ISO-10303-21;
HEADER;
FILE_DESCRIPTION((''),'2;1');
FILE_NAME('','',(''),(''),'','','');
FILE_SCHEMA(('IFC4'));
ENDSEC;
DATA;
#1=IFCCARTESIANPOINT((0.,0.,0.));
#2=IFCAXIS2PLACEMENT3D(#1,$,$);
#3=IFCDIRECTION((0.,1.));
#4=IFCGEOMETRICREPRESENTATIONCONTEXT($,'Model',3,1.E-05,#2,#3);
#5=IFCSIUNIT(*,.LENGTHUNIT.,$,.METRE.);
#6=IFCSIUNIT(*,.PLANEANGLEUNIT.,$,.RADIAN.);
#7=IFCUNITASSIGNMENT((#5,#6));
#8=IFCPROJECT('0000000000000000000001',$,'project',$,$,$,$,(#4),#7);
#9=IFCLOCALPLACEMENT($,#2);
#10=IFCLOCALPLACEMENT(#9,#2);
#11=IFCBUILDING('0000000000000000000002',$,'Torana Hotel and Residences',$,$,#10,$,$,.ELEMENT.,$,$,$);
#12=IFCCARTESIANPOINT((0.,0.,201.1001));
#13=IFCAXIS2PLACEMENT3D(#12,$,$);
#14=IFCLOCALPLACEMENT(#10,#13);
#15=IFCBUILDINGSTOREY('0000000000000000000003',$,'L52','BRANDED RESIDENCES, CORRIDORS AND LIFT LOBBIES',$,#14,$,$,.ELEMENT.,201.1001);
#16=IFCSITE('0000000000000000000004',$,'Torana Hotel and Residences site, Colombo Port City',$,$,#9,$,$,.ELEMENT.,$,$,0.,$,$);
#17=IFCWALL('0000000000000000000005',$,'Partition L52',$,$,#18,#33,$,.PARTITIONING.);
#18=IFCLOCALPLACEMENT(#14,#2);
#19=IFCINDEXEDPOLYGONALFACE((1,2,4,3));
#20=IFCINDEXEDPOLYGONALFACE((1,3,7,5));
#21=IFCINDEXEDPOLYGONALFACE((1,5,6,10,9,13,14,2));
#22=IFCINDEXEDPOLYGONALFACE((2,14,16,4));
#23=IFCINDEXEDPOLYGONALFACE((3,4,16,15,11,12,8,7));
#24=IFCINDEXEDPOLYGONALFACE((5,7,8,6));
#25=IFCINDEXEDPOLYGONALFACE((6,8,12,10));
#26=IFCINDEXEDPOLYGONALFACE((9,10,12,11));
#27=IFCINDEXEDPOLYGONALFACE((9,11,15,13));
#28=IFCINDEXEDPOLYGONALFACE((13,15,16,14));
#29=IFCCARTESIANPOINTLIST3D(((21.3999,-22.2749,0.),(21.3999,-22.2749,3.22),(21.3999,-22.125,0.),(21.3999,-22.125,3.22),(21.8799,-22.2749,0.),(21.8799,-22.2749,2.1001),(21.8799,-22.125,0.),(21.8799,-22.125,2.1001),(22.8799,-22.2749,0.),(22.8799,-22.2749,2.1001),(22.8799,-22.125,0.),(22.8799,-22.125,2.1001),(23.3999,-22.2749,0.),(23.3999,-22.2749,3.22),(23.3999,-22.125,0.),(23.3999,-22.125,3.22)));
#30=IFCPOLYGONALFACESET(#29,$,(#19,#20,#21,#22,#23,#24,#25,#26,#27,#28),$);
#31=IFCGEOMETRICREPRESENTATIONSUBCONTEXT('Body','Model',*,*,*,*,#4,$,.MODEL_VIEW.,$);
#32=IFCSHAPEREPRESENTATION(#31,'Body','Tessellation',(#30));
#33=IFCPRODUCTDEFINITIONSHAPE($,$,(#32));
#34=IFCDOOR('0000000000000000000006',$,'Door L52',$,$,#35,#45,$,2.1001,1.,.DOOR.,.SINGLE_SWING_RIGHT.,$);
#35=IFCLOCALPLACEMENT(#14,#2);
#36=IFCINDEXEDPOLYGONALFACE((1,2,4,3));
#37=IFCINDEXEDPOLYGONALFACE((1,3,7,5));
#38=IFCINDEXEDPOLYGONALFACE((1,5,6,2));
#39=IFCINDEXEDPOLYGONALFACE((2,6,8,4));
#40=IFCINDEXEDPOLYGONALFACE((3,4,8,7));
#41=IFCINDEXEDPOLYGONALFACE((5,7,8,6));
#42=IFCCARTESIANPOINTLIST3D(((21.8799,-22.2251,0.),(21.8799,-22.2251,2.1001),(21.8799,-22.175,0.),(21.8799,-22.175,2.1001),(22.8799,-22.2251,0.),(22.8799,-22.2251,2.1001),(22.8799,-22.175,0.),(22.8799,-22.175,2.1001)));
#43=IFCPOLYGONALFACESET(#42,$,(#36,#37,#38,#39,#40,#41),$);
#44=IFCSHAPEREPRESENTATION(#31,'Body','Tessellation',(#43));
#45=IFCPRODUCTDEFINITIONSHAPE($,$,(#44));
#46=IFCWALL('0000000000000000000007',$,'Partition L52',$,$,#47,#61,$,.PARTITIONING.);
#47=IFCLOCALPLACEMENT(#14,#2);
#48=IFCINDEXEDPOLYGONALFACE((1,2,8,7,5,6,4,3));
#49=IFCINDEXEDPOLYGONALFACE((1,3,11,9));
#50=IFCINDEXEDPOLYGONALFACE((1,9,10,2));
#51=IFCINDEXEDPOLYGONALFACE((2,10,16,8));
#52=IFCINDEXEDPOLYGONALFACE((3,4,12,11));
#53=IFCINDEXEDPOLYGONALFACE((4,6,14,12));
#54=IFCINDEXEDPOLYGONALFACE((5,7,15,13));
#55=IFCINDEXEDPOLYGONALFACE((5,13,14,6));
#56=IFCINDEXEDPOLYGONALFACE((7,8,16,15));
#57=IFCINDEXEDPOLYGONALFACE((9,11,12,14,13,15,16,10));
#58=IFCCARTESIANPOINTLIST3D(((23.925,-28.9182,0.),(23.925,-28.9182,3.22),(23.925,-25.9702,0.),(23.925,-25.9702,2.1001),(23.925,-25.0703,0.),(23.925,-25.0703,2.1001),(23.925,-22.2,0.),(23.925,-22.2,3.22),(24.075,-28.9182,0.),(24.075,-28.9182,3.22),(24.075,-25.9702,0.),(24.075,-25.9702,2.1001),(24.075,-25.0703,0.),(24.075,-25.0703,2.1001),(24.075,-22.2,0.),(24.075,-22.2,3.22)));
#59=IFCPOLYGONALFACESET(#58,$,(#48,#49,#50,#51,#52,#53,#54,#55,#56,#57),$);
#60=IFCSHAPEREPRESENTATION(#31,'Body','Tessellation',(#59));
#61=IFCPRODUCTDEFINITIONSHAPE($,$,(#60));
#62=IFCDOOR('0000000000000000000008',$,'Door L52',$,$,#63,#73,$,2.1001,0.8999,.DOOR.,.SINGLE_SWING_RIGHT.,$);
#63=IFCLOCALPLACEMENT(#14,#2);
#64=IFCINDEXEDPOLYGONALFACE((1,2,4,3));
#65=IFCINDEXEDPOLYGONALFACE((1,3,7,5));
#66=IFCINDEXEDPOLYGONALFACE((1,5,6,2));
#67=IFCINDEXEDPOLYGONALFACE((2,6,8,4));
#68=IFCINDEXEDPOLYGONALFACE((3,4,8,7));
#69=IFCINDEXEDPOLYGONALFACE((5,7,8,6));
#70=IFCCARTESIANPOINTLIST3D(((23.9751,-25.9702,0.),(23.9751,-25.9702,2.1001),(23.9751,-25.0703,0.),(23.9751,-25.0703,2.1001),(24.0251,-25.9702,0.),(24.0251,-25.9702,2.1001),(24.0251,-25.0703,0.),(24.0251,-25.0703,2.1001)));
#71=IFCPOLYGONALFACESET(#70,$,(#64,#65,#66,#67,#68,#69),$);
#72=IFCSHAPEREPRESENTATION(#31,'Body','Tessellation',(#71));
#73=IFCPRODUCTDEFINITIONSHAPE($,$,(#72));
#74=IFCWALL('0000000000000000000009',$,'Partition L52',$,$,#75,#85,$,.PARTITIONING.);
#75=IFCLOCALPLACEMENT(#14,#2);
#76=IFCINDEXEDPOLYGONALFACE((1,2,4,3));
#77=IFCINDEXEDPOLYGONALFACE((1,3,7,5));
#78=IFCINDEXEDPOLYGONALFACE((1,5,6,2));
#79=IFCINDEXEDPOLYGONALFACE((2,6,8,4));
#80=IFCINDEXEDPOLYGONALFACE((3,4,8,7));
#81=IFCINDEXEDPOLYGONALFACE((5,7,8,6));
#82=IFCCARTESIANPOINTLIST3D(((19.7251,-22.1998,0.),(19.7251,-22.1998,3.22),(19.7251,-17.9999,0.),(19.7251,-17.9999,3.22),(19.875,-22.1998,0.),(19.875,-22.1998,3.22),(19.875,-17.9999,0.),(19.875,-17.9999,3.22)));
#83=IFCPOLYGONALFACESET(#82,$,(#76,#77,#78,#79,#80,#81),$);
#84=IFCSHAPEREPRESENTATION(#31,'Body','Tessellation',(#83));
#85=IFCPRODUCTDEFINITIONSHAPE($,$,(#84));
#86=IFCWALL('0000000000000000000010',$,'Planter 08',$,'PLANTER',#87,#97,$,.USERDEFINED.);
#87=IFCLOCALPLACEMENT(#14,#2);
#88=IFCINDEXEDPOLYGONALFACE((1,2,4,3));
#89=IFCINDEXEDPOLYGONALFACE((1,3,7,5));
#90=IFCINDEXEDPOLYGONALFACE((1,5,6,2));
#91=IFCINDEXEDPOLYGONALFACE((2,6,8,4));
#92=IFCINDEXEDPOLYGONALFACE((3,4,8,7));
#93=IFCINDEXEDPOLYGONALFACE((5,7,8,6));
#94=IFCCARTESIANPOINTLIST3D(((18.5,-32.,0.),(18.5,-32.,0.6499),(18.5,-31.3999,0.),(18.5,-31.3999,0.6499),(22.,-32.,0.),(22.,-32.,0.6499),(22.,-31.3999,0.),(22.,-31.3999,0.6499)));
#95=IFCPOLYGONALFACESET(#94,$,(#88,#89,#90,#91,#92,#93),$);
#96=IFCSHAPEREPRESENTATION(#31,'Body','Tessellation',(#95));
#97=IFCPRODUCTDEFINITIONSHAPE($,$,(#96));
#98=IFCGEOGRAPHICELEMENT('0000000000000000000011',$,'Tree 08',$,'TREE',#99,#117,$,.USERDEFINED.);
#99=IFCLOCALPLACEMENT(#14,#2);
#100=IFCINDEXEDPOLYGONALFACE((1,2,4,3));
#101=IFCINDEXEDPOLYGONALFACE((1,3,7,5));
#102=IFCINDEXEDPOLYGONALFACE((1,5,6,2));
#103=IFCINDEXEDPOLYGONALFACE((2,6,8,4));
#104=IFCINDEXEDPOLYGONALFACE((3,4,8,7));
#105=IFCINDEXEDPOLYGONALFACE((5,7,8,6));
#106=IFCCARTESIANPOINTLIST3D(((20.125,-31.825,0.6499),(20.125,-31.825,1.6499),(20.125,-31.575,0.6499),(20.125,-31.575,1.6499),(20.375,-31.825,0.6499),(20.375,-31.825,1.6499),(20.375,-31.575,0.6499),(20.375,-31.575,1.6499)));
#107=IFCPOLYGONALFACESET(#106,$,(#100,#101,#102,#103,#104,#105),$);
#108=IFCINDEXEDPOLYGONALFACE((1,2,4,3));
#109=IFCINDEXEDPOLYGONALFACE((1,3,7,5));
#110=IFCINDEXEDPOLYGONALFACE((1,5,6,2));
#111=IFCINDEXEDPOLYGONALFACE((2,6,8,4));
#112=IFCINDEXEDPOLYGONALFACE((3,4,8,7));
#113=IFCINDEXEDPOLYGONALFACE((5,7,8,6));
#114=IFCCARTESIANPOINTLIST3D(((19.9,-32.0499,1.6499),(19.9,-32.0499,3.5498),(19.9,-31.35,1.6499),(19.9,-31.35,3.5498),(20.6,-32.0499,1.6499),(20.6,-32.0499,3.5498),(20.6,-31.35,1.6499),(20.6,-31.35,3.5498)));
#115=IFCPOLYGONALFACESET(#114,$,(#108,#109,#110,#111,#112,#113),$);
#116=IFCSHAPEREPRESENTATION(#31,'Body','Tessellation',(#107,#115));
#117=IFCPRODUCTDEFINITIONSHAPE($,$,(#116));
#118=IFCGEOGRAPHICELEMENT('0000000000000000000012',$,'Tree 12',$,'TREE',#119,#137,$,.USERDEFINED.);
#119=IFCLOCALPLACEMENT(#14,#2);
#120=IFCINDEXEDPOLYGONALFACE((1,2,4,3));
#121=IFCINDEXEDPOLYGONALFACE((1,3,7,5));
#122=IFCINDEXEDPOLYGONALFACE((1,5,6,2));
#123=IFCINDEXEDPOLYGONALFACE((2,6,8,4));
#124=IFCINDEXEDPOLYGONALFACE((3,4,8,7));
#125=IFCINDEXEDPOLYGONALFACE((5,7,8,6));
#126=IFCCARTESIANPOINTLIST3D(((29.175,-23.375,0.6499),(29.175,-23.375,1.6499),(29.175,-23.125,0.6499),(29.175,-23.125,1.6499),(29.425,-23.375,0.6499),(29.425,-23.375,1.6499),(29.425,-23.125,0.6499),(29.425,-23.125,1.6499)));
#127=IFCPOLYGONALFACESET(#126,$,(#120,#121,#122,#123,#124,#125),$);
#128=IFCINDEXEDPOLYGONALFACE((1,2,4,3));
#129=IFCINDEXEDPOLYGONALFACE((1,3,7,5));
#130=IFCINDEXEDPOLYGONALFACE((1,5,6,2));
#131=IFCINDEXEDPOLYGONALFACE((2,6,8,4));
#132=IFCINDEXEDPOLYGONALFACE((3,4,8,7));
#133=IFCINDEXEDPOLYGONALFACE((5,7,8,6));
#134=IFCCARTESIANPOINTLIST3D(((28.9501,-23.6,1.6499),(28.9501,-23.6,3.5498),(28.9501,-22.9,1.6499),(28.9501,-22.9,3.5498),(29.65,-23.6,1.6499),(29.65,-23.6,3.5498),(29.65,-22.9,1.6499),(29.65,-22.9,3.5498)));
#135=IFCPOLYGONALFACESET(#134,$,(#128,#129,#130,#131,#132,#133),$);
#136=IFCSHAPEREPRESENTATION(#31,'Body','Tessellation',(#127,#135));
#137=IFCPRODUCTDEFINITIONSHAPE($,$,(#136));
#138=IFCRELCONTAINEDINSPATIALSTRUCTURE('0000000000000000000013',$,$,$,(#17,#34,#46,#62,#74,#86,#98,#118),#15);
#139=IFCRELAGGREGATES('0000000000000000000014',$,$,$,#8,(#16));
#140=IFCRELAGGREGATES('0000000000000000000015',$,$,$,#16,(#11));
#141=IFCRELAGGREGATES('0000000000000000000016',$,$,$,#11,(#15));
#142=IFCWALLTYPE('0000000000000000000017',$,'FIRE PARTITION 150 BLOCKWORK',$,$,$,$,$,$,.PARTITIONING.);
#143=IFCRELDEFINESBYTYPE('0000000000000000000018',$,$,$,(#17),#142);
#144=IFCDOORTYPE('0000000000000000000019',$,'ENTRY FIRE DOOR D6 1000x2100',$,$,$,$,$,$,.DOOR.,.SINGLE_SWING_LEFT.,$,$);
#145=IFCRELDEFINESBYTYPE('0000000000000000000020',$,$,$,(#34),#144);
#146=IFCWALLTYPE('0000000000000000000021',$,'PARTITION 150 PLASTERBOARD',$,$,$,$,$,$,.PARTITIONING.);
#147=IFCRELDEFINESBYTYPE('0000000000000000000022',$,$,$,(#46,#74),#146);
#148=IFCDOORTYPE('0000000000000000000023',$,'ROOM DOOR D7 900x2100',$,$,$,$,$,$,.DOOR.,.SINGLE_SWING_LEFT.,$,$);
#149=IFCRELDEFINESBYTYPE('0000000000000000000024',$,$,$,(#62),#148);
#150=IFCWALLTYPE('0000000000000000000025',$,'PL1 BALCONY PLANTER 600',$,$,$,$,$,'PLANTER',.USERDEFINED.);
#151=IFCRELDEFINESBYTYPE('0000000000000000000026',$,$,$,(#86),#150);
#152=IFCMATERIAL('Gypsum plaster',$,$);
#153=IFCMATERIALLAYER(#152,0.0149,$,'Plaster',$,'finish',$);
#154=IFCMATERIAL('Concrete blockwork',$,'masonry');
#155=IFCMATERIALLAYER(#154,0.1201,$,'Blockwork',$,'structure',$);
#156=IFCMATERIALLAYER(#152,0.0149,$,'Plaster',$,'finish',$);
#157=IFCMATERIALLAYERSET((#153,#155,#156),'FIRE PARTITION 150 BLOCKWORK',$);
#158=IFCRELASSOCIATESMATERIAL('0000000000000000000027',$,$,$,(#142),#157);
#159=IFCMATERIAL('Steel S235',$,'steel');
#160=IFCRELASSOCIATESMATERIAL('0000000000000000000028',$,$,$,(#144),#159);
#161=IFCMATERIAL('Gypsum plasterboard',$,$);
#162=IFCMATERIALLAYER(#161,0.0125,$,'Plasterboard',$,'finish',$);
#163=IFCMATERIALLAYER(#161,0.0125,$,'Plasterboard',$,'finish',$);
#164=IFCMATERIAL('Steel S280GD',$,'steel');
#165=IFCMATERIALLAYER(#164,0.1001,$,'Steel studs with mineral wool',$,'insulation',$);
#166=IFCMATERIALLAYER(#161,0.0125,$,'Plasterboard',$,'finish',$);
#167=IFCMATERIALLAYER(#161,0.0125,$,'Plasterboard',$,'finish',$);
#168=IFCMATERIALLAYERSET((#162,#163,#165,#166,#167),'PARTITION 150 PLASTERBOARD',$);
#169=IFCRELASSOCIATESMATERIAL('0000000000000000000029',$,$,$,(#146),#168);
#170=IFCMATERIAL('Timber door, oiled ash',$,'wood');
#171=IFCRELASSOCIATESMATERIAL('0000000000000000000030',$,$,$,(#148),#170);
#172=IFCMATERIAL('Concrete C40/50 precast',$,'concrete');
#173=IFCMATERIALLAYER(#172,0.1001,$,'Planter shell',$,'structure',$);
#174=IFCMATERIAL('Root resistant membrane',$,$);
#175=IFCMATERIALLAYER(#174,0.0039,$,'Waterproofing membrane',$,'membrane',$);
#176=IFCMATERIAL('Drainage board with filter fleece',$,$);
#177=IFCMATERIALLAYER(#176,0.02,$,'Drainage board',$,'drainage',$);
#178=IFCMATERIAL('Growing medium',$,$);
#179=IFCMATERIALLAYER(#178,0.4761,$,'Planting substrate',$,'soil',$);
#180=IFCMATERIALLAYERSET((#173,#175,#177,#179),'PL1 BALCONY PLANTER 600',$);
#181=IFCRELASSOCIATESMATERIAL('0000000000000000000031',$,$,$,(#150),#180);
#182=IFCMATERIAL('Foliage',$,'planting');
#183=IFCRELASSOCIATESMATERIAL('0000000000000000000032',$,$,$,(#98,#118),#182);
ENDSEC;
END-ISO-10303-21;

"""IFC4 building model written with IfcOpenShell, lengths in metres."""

from ifc_helpers import new_model, si_unit, direction, frame, frame_2d, origin, origin_2d, place, context, subcontext, project, spatial, rectangle, extrude, material, layer, layer_set, type_object, element, fill, save


model = new_model("IFC4")

# Units and contexts
model_context = context("Model", 3, precision=1e-05, world=origin(), true_north=direction((0.0, 1.0)))
body_context = subcontext(model_context, "Body", "Model", "MODEL_VIEW")
ifc_project = project(units=[si_unit("LENGTHUNIT", "METRE"), si_unit("PLANEANGLEUNIT", "RADIAN")], contexts=[model_context])

# Site, building, storey
site_placement = place(None, origin())
site = spatial("IfcSite", under=ifc_project, at=site_placement, Name="Torana Hotel and Residences site, Colombo Port City", CompositionType="ELEMENT", RefElevation=0.0)
building_placement = place(site_placement, origin())
building = spatial("IfcBuilding", under=site, at=building_placement, Name="Torana Hotel and Residences", CompositionType="ELEMENT")
storey_placement = place(building_placement, frame((0.0, 0.0, 201.1001)))
storey = spatial("IfcBuildingStorey", under=building, at=storey_placement, Name="L52", Description="BRANDED RESIDENCES, CORRIDORS AND LIFT LOBBIES", CompositionType="ELEMENT", Elevation=201.1001)

# Shared definitions
ifc_material_1 = material(Name="Steel S280GD", Category="steel")

# Shared definitions
ifc_material_2 = material(Name="Gypsum plaster")
ifc_layer_1 = layer(ifc_material_2, 0.0149, Name="Plaster", Category="finish")
ifc_material_3 = material(Name="Concrete blockwork", Category="masonry")
ifc_layer_2 = layer(ifc_material_3, 0.1201, Name="Blockwork", Category="structure")
ifc_layer_3 = layer(ifc_material_2, 0.0149, Name="Plaster", Category="finish")
ifc_layer_set_1 = layer_set([ifc_layer_1, ifc_layer_2, ifc_layer_3], Name="FIRE PARTITION 150 BLOCKWORK")
wall_type_1 = type_object("IfcWallType", Name="FIRE PARTITION 150 BLOCKWORK", PredefinedType="PARTITIONING", material=ifc_layer_set_1)
ifc_material_4 = material(Name="Steel S235", Category="steel")
door_type_1 = type_object("IfcDoorType", Name="ENTRY FIRE DOOR D6 1000x2100", OperationType="SINGLE_SWING_LEFT", PredefinedType="DOOR", material=ifc_material_4)

# Walls, openings, doors
wall_1_placement = place(storey_placement, frame((21.3999, -22.2, 0.0), z_axis=(0.0, 0.0, 1.0), x_axis=(1.0, 0.0, 0.0)))
wall_1 = element("IfcWall", 1, at=wall_1_placement, inside=storey, type_object=wall_type_1, Name="Partition L52", PredefinedType="PARTITIONING", context=body_context, shape_type="SweptSolid", body=[
    extrude(rectangle(XDim=2.0, YDim=0.1499, at=frame_2d((1.0, 0.0))), origin(), (0.0, 0.0, 1.0), 3.22),
])
opening_1_placement = place(wall_1_placement, frame((0.48, 0.0, 0.0)))
opening_1 = element("IfcOpeningElement", 2, at=opening_1_placement, cuts=wall_1, PredefinedType="OPENING", context=body_context, shape_type="SweptSolid", body=[
    extrude(rectangle(XDim=1.0, YDim=2.1001, at=frame_2d((0.5, 1.05))), frame((0.0, 0.085, 0.0), z_axis=(0.0, -1.0, 0.0), x_axis=(1.0, 0.0, 0.0)), (0.0, 0.0, 1.0), 0.1699),
])
door_1_placement = place(opening_1_placement, frame((0.5, 0.0, 0.0), z_axis=(0.0, 0.0, 1.0), x_axis=(-1.0, 0.0, 0.0)))
door_1 = element("IfcDoor", 3, at=door_1_placement, inside=storey, type_object=door_type_1, Name="Door L52", OperationType="SINGLE_SWING_RIGHT", OverallHeight=2.1001, OverallWidth=1.0, PredefinedType="DOOR", context=body_context, shape_type="SweptSolid", body=[
    extrude(rectangle(XDim=1.0, YDim=2.1001, at=frame_2d((0.0, 1.05))), frame((0.0, -0.0249, 0.0), z_axis=(0.0, 1.0, 0.0), x_axis=(-1.0, 0.0, 0.0)), (0.0, 0.0, 1.0), 0.05),
])
fill(opening_1, door_1)
ifc_material_5 = material(Name="Gypsum plasterboard")
ifc_layer_4 = layer(ifc_material_5, 0.0125, Name="Plasterboard", Category="finish")
ifc_layer_5 = layer(ifc_material_5, 0.0125, Name="Plasterboard", Category="finish")
ifc_layer_6 = layer(ifc_material_1, 0.1001, Name="Steel studs with mineral wool", Category="insulation")
ifc_layer_7 = layer(ifc_material_5, 0.0125, Name="Plasterboard", Category="finish")
ifc_layer_8 = layer(ifc_material_5, 0.0125, Name="Plasterboard", Category="finish")
ifc_layer_set_2 = layer_set([ifc_layer_4, ifc_layer_5, ifc_layer_6, ifc_layer_7, ifc_layer_8], Name="PARTITION 150 PLASTERBOARD")
wall_type_2 = type_object("IfcWallType", Name="PARTITION 150 PLASTERBOARD", PredefinedType="PARTITIONING", material=ifc_layer_set_2)
wall_2_placement = place(storey_placement, frame((24.0, -28.9182, 0.0), z_axis=(0.0, 0.0, 1.0), x_axis=(0.0, 1.0, 0.0)))
wall_2 = element("IfcWall", 4, at=wall_2_placement, inside=storey, type_object=wall_type_2, Name="Partition L52", PredefinedType="PARTITIONING", context=body_context, shape_type="SweptSolid", body=[
    extrude(rectangle(XDim=6.7183, YDim=0.1499, at=frame_2d((3.3591, 0.0))), origin(), (0.0, 0.0, 1.0), 3.22),
])
opening_2_placement = place(wall_2_placement, frame((2.948, 0.0, 0.0)))
opening_2 = element("IfcOpeningElement", 5, at=opening_2_placement, cuts=wall_2, PredefinedType="OPENING", context=body_context, shape_type="SweptSolid", body=[
    extrude(rectangle(XDim=0.8999, YDim=2.1001, at=frame_2d((0.45, 1.05))), frame((0.0, 0.085, 0.0), z_axis=(0.0, -1.0, 0.0), x_axis=(1.0, 0.0, 0.0)), (0.0, 0.0, 1.0), 0.1699),
])
ifc_material_6 = material(Name="Timber door, oiled ash", Category="wood")
door_type_2 = type_object("IfcDoorType", Name="ROOM DOOR D7 900x2100", OperationType="SINGLE_SWING_LEFT", PredefinedType="DOOR", material=ifc_material_6)
door_2_placement = place(opening_2_placement, origin())
door_2 = element("IfcDoor", 6, at=door_2_placement, inside=storey, type_object=door_type_2, Name="Door L52", OperationType="SINGLE_SWING_RIGHT", OverallHeight=2.1001, OverallWidth=0.8999, PredefinedType="DOOR", context=body_context, shape_type="SweptSolid", body=[
    extrude(rectangle(XDim=0.8999, YDim=2.1001, at=frame_2d((0.45, 1.05))), frame((0.0, 0.0249, 0.0), z_axis=(0.0, -1.0, 0.0), x_axis=(1.0, 0.0, 0.0)), (0.0, 0.0, 1.0), 0.05),
])
fill(opening_2, door_2)

# Walls
wall_3_placement = place(storey_placement, frame((19.8, -22.2, 0.0), z_axis=(0.0, 0.0, 1.0), x_axis=(0.0, 1.0, 0.0)))
element("IfcWall", 7, at=wall_3_placement, inside=storey, type_object=wall_type_2, Name="Partition L52", PredefinedType="PARTITIONING", context=body_context, shape_type="SweptSolid", body=[
    extrude(rectangle(XDim=4.2, YDim=0.1499, at=frame_2d((2.1001, 0.0))), origin(), (0.0, 0.0, 1.0), 3.22),
])
ifc_material_7 = material(Name="Concrete C40/50 precast", Category="concrete")
ifc_layer_9 = layer(ifc_material_7, 0.1001, Name="Planter shell", Category="structure")
ifc_material_8 = material(Name="Root resistant membrane")
ifc_layer_10 = layer(ifc_material_8, 0.0039, Name="Waterproofing membrane", Category="membrane")
ifc_material_9 = material(Name="Drainage board with filter fleece")
ifc_layer_11 = layer(ifc_material_9, 0.02, Name="Drainage board", Category="drainage")
ifc_material_10 = material(Name="Growing medium")
ifc_layer_12 = layer(ifc_material_10, 0.4761, Name="Planting substrate", Category="soil")
ifc_layer_set_3 = layer_set([ifc_layer_9, ifc_layer_10, ifc_layer_11, ifc_layer_12], Name="PL1 BALCONY PLANTER 600")
wall_type_3 = type_object("IfcWallType", Name="PL1 BALCONY PLANTER 600", ElementType="PLANTER", PredefinedType="USERDEFINED", material=ifc_layer_set_3)
wall_4_placement = place(storey_placement, frame((22.0, -31.7, 0.0), z_axis=(0.0, 0.0, 1.0), x_axis=(-1.0, 0.0, 0.0)))
element("IfcWall", 8, at=wall_4_placement, inside=storey, type_object=wall_type_3, Name="Planter 08", ObjectType="PLANTER", PredefinedType="USERDEFINED", context=body_context, shape_type="SweptSolid", body=[
    extrude(rectangle(XDim=3.5, YDim=0.6001, at=frame_2d((1.75, 0.0))), origin(), (0.0, 0.0, 1.0), 0.6499),
])

# Geographic elements
ifc_material_11 = material(Name="Foliage", Category="planting")
for number, where, z_axis, x_axis, name in (
    (9, (20.25, -31.7, 0.6499), (0.0, 0.0, 1.0), (1.0, 0.0, 0.0), "Tree 08"),
    (10, (29.3, -23.25, 0.6499), (0.0, 0.0, 1.0), (1.0, 0.0, 0.0), "Tree 12"),
):
    element("IfcGeographicElement", number, at=place(storey_placement, frame(where, z_axis=z_axis, x_axis=x_axis)), inside=storey, material=ifc_material_11, Name=name, ObjectType="TREE", PredefinedType="USERDEFINED", context=body_context, shape_type="SweptSolid", body=[
        extrude(rectangle(XDim=0.25, YDim=0.25, at=origin_2d()), origin(), (0.0, 0.0, 1.0), 1.0),
        extrude(rectangle(XDim=0.7, YDim=0.7, at=origin_2d()), frame((0.0, 0.0, 1.0)), (0.0, 0.0, 1.0), 1.8999),
    ])

save(model, "model.ifc")
